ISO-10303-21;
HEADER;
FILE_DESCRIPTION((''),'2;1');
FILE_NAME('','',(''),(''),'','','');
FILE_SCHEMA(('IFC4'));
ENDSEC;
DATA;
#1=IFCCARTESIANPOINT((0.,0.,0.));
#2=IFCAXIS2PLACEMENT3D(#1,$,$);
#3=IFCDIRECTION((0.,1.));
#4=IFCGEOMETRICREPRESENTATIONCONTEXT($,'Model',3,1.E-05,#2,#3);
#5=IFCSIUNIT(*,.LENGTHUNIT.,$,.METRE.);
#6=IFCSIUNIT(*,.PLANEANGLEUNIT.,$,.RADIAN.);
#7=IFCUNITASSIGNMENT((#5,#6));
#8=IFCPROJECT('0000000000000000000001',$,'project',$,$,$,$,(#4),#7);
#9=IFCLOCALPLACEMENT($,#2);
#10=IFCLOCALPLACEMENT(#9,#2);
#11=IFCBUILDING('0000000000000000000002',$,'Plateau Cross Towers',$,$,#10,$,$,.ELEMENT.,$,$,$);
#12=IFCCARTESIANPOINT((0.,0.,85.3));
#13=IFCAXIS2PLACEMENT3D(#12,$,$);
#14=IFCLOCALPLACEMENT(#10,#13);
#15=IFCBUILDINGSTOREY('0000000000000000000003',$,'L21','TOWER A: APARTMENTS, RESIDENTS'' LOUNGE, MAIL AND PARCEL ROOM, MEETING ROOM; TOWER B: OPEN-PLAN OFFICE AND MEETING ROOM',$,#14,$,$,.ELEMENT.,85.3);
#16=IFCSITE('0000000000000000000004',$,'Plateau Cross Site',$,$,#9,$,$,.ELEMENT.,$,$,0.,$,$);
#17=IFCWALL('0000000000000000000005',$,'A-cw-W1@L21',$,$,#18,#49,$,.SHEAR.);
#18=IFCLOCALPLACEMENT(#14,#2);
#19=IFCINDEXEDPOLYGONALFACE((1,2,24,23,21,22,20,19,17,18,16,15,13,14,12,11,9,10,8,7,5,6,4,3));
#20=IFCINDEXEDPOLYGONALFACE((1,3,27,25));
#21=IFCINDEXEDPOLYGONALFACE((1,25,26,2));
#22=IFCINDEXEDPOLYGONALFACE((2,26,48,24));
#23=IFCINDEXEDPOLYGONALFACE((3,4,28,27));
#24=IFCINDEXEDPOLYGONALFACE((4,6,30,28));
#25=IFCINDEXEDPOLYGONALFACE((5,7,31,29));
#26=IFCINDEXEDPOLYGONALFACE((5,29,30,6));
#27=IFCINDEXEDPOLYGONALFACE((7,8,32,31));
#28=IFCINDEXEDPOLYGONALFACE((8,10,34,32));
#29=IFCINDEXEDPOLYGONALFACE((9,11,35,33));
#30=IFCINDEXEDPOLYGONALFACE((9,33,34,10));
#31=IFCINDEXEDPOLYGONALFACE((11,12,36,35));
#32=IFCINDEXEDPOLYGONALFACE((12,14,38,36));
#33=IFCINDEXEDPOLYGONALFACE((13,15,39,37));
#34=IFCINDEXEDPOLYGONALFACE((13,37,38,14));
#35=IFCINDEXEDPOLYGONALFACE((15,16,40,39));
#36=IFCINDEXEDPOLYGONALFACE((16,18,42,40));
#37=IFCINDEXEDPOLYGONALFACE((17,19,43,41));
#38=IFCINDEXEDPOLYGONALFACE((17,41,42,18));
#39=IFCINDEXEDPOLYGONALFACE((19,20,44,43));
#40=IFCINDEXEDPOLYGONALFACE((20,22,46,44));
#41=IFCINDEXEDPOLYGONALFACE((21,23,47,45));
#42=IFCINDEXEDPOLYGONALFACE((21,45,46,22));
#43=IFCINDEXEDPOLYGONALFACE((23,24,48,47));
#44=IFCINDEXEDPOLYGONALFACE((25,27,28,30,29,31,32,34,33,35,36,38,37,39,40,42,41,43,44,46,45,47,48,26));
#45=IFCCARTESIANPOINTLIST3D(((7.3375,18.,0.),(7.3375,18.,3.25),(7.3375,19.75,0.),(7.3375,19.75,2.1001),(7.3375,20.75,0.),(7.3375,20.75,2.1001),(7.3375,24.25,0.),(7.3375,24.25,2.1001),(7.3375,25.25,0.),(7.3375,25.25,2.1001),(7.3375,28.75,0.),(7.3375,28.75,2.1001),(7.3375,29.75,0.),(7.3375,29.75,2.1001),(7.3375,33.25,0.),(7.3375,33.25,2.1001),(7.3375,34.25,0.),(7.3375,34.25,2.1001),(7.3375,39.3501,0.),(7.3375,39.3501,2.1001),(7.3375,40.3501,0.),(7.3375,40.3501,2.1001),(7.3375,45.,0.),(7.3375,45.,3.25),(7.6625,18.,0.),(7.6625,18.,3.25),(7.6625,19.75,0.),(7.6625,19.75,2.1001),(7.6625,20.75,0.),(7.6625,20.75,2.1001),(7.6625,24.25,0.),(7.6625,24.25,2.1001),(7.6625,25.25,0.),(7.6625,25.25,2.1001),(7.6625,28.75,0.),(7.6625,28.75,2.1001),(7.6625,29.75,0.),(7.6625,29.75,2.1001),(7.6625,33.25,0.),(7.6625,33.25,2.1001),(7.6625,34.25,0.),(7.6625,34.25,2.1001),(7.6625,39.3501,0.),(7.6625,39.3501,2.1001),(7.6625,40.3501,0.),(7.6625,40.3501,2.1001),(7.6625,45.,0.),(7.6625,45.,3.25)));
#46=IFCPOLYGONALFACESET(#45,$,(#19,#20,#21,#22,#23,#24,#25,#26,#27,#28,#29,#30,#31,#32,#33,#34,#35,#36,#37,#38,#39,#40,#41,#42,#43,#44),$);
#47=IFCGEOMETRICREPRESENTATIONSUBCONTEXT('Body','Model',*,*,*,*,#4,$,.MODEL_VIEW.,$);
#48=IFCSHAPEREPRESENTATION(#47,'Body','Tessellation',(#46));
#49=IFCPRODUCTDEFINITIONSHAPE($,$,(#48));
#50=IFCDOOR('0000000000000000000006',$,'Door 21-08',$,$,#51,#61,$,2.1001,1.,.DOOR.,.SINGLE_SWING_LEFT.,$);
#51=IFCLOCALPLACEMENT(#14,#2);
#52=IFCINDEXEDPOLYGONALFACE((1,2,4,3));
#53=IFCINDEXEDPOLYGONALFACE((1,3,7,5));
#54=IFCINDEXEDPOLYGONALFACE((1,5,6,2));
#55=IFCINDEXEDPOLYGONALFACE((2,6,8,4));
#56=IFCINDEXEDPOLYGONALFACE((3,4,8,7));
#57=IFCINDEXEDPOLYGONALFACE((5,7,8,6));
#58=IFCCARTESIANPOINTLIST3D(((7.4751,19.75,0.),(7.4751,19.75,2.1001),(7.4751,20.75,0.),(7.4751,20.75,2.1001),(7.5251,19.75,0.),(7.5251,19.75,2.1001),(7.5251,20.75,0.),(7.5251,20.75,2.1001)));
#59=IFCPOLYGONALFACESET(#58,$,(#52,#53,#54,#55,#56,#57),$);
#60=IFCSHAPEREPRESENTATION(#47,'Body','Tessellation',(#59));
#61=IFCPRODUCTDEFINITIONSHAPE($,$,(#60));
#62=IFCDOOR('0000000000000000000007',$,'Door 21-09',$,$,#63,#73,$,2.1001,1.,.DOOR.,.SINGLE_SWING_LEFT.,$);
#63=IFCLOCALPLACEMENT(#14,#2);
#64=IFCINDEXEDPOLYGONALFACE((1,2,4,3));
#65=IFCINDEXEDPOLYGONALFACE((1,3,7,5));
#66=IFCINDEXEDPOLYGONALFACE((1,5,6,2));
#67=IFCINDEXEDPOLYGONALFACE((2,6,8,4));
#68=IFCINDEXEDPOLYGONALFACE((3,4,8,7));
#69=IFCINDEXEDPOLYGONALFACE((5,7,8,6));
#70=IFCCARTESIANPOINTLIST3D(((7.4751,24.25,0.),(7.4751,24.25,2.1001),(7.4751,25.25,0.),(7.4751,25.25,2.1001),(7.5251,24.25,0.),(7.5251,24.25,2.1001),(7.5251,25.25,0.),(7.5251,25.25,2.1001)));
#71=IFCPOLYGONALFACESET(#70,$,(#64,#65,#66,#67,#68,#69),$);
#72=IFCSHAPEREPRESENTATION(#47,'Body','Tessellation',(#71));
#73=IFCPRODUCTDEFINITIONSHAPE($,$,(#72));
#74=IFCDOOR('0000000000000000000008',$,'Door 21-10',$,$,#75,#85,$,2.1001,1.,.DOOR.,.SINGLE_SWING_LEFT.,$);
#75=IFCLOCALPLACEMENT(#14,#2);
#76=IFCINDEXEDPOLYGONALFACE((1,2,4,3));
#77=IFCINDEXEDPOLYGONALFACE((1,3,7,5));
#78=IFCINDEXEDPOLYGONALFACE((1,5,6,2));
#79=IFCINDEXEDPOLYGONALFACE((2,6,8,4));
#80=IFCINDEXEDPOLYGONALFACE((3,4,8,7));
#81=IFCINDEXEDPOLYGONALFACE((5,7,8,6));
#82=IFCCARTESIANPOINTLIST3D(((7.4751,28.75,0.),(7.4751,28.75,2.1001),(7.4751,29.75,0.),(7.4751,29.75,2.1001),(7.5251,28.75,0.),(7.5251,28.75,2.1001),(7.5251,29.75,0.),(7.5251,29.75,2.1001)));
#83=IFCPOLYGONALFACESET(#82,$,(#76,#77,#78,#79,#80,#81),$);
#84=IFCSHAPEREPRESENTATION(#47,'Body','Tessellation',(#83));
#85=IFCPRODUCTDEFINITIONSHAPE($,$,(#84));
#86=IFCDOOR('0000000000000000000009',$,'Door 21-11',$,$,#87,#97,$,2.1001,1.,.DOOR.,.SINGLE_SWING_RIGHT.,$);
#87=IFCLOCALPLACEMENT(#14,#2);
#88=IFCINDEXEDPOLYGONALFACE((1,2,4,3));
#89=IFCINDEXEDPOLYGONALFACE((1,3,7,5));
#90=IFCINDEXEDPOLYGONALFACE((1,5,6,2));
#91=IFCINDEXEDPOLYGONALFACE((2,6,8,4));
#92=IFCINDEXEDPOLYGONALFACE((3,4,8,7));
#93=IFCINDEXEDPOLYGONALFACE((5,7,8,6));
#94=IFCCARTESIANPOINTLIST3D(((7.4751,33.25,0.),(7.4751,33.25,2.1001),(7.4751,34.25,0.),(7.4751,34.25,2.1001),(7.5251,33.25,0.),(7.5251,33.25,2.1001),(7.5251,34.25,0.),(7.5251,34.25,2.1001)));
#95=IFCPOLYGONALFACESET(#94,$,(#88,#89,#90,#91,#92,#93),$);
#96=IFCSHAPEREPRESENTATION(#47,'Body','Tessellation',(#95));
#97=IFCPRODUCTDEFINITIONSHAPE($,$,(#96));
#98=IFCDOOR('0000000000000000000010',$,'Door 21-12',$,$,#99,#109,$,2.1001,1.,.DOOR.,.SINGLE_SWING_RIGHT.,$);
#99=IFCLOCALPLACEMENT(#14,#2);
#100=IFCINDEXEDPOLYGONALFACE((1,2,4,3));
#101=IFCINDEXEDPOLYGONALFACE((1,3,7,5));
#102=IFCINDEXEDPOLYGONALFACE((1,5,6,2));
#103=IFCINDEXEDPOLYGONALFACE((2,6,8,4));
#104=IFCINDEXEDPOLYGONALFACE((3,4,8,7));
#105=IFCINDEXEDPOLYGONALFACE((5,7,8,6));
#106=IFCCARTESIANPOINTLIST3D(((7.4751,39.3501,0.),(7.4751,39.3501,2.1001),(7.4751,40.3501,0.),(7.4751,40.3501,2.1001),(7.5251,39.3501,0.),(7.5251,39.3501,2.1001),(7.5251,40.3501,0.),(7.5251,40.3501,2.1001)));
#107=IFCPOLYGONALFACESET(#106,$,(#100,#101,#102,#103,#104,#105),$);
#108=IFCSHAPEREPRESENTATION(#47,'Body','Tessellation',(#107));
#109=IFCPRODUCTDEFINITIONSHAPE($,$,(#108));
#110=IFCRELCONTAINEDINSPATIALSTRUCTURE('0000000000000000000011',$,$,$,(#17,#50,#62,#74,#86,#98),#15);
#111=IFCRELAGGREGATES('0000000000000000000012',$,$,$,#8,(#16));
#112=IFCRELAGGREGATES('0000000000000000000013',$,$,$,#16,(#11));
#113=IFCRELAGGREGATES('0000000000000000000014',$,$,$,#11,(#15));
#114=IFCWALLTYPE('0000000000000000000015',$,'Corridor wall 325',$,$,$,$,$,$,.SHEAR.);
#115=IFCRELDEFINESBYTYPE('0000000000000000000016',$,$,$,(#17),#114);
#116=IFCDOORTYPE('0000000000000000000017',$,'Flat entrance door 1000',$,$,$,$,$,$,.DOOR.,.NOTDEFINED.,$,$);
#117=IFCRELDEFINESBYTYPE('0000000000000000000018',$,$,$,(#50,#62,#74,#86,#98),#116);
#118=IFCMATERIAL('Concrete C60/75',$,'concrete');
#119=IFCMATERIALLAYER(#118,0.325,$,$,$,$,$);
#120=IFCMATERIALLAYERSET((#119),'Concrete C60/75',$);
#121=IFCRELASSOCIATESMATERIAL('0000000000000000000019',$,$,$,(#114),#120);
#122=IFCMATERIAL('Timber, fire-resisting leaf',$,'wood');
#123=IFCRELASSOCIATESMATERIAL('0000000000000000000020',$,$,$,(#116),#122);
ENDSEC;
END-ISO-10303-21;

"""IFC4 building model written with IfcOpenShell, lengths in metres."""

from ifc_helpers import new_model, si_unit, direction, frame, frame_2d, origin, place, context, subcontext, project, spatial, rectangle, extrude, material, layer, layer_set, type_object, element, fill, save


model = new_model("IFC4")

# Units and contexts
model_context = context("Model", 3, precision=1e-05, world=origin(), true_north=direction((0.0, 1.0)))
body_context = subcontext(model_context, "Body", "Model", "MODEL_VIEW")
ifc_project = project(units=[si_unit("LENGTHUNIT", "METRE"), si_unit("PLANEANGLEUNIT", "RADIAN")], contexts=[model_context])

# Site, building, storey
site_placement = place(None, origin())
site = spatial("IfcSite", under=ifc_project, at=site_placement, Name="Plateau Cross Site", CompositionType="ELEMENT", RefElevation=0.0)
building_placement = place(site_placement, origin())
building = spatial("IfcBuilding", under=site, at=building_placement, Name="Plateau Cross Towers", CompositionType="ELEMENT")
storey_placement = place(building_placement, frame((0.0, 0.0, 85.3)))
storey = spatial("IfcBuildingStorey", under=building, at=storey_placement, Name="L21", Description="TOWER A: APARTMENTS, RESIDENTS' LOUNGE, MAIL AND PARCEL ROOM, MEETING ROOM; TOWER B: OPEN-PLAN OFFICE AND MEETING ROOM", CompositionType="ELEMENT", Elevation=85.3)

# Shared definitions
ifc_material_1 = material(Name="Concrete C60/75", Category="concrete")

# Shared definitions
ifc_material_2 = material(Name="Timber, fire-resisting leaf", Category="wood")

# Wall, openings, doors
ifc_layer_1 = layer(ifc_material_1, 0.325)
ifc_layer_set_1 = layer_set([ifc_layer_1], Name="Concrete C60/75")
wall_type_1 = type_object("IfcWallType", Name="Corridor wall 325", PredefinedType="SHEAR", material=ifc_layer_set_1)
wall_1_placement = place(storey_placement, frame((7.5, 18.0, 0.0), z_axis=(0.0, 0.0, 1.0), x_axis=(0.0, 1.0, 0.0)))
wall_1 = element("IfcWall", 1, at=wall_1_placement, inside=storey, type_object=wall_type_1, Name="A-cw-W1@L21", PredefinedType="SHEAR", context=body_context, shape_type="SweptSolid", body=[
    extrude(rectangle(XDim=27.0, YDim=0.325, at=frame_2d((13.5, 0.0))), origin(), (0.0, 0.0, 1.0), 3.25),
])
opening_1_placement = place(wall_1_placement, frame((1.75, 0.0, 0.0)))
opening_1 = element("IfcOpeningElement", 2, at=opening_1_placement, cuts=wall_1, PredefinedType="OPENING", context=body_context, shape_type="SweptSolid", body=[
    extrude(rectangle(XDim=1.0, YDim=2.1001, at=frame_2d((0.5, 1.05))), frame((0.0, 0.1724, 0.0), z_axis=(0.0, -1.0, 0.0), x_axis=(1.0, 0.0, 0.0)), (0.0, 0.0, 1.0), 0.345),
])
opening_2_placement = place(wall_1_placement, frame((6.25, 0.0, 0.0)))
opening_2 = element("IfcOpeningElement", 3, at=opening_2_placement, cuts=wall_1, PredefinedType="OPENING", context=body_context, shape_type="SweptSolid", body=[
    extrude(rectangle(XDim=1.0, YDim=2.1001, at=frame_2d((0.5, 1.05))), frame((0.0, 0.1724, 0.0), z_axis=(0.0, -1.0, 0.0), x_axis=(1.0, 0.0, 0.0)), (0.0, 0.0, 1.0), 0.345),
])
opening_3_placement = place(wall_1_placement, frame((10.75, 0.0, 0.0)))
opening_3 = element("IfcOpeningElement", 4, at=opening_3_placement, cuts=wall_1, PredefinedType="OPENING", context=body_context, shape_type="SweptSolid", body=[
    extrude(rectangle(XDim=1.0, YDim=2.1001, at=frame_2d((0.5, 1.05))), frame((0.0, 0.1724, 0.0), z_axis=(0.0, -1.0, 0.0), x_axis=(1.0, 0.0, 0.0)), (0.0, 0.0, 1.0), 0.345),
])
opening_4_placement = place(wall_1_placement, frame((15.25, 0.0, 0.0)))
opening_4 = element("IfcOpeningElement", 5, at=opening_4_placement, cuts=wall_1, PredefinedType="OPENING", context=body_context, shape_type="SweptSolid", body=[
    extrude(rectangle(XDim=1.0, YDim=2.1001, at=frame_2d((0.5, 1.05))), frame((0.0, 0.1724, 0.0), z_axis=(0.0, -1.0, 0.0), x_axis=(1.0, 0.0, 0.0)), (0.0, 0.0, 1.0), 0.345),
])
opening_5_placement = place(wall_1_placement, frame((21.3501, 0.0, 0.0)))
opening_5 = element("IfcOpeningElement", 6, at=opening_5_placement, cuts=wall_1, PredefinedType="OPENING", context=body_context, shape_type="SweptSolid", body=[
    extrude(rectangle(XDim=1.0, YDim=2.1001, at=frame_2d((0.5, 1.05))), frame((0.0, 0.1724, 0.0), z_axis=(0.0, -1.0, 0.0), x_axis=(1.0, 0.0, 0.0)), (0.0, 0.0, 1.0), 0.345),
])
door_type_1 = type_object("IfcDoorType", Name="Flat entrance door 1000", OperationType="NOTDEFINED", PredefinedType="DOOR", material=ifc_material_2)
door_1_placement = place(opening_1_placement, origin())
door_1 = element("IfcDoor", 7, at=door_1_placement, inside=storey, type_object=door_type_1, Name="Door 21-08", OperationType="SINGLE_SWING_LEFT", OverallHeight=2.1001, OverallWidth=1.0, PredefinedType="DOOR", context=body_context, shape_type="SweptSolid", body=[
    extrude(rectangle(XDim=1.0, YDim=2.1001, at=frame_2d((0.5, 1.05))), frame((0.0, 0.0249, 0.0), z_axis=(0.0, -1.0, 0.0), x_axis=(1.0, 0.0, 0.0)), (0.0, 0.0, 1.0), 0.05),
])
fill(opening_1, door_1)
door_2_placement = place(opening_2_placement, origin())
door_2 = element("IfcDoor", 8, at=door_2_placement, inside=storey, type_object=door_type_1, Name="Door 21-09", OperationType="SINGLE_SWING_LEFT", OverallHeight=2.1001, OverallWidth=1.0, PredefinedType="DOOR", context=body_context, shape_type="SweptSolid", body=[
    extrude(rectangle(XDim=1.0, YDim=2.1001, at=frame_2d((0.5, 1.05))), frame((0.0, 0.0249, 0.0), z_axis=(0.0, -1.0, 0.0), x_axis=(1.0, 0.0, 0.0)), (0.0, 0.0, 1.0), 0.05),
])
fill(opening_2, door_2)
door_3_placement = place(opening_3_placement, origin())
door_3 = element("IfcDoor", 9, at=door_3_placement, inside=storey, type_object=door_type_1, Name="Door 21-10", OperationType="SINGLE_SWING_LEFT", OverallHeight=2.1001, OverallWidth=1.0, PredefinedType="DOOR", context=body_context, shape_type="SweptSolid", body=[
    extrude(rectangle(XDim=1.0, YDim=2.1001, at=frame_2d((0.5, 1.05))), frame((0.0, 0.0249, 0.0), z_axis=(0.0, -1.0, 0.0), x_axis=(1.0, 0.0, 0.0)), (0.0, 0.0, 1.0), 0.05),
])
fill(opening_3, door_3)
door_4_placement = place(opening_4_placement, origin())
door_4 = element("IfcDoor", 10, at=door_4_placement, inside=storey, type_object=door_type_1, Name="Door 21-11", OperationType="SINGLE_SWING_RIGHT", OverallHeight=2.1001, OverallWidth=1.0, PredefinedType="DOOR", context=body_context, shape_type="SweptSolid", body=[
    extrude(rectangle(XDim=1.0, YDim=2.1001, at=frame_2d((0.5, 1.05))), frame((0.0, 0.0249, 0.0), z_axis=(0.0, -1.0, 0.0), x_axis=(1.0, 0.0, 0.0)), (0.0, 0.0, 1.0), 0.05),
])
fill(opening_4, door_4)
door_5_placement = place(opening_5_placement, origin())
door_5 = element("IfcDoor", 11, at=door_5_placement, inside=storey, type_object=door_type_1, Name="Door 21-12", OperationType="SINGLE_SWING_RIGHT", OverallHeight=2.1001, OverallWidth=1.0, PredefinedType="DOOR", context=body_context, shape_type="SweptSolid", body=[
    extrude(rectangle(XDim=1.0, YDim=2.1001, at=frame_2d((0.5, 1.05))), frame((0.0, 0.0249, 0.0), z_axis=(0.0, -1.0, 0.0), x_axis=(1.0, 0.0, 0.0)), (0.0, 0.0, 1.0), 0.05),
])
fill(opening_5, door_5)

save(model, "model.ifc")
